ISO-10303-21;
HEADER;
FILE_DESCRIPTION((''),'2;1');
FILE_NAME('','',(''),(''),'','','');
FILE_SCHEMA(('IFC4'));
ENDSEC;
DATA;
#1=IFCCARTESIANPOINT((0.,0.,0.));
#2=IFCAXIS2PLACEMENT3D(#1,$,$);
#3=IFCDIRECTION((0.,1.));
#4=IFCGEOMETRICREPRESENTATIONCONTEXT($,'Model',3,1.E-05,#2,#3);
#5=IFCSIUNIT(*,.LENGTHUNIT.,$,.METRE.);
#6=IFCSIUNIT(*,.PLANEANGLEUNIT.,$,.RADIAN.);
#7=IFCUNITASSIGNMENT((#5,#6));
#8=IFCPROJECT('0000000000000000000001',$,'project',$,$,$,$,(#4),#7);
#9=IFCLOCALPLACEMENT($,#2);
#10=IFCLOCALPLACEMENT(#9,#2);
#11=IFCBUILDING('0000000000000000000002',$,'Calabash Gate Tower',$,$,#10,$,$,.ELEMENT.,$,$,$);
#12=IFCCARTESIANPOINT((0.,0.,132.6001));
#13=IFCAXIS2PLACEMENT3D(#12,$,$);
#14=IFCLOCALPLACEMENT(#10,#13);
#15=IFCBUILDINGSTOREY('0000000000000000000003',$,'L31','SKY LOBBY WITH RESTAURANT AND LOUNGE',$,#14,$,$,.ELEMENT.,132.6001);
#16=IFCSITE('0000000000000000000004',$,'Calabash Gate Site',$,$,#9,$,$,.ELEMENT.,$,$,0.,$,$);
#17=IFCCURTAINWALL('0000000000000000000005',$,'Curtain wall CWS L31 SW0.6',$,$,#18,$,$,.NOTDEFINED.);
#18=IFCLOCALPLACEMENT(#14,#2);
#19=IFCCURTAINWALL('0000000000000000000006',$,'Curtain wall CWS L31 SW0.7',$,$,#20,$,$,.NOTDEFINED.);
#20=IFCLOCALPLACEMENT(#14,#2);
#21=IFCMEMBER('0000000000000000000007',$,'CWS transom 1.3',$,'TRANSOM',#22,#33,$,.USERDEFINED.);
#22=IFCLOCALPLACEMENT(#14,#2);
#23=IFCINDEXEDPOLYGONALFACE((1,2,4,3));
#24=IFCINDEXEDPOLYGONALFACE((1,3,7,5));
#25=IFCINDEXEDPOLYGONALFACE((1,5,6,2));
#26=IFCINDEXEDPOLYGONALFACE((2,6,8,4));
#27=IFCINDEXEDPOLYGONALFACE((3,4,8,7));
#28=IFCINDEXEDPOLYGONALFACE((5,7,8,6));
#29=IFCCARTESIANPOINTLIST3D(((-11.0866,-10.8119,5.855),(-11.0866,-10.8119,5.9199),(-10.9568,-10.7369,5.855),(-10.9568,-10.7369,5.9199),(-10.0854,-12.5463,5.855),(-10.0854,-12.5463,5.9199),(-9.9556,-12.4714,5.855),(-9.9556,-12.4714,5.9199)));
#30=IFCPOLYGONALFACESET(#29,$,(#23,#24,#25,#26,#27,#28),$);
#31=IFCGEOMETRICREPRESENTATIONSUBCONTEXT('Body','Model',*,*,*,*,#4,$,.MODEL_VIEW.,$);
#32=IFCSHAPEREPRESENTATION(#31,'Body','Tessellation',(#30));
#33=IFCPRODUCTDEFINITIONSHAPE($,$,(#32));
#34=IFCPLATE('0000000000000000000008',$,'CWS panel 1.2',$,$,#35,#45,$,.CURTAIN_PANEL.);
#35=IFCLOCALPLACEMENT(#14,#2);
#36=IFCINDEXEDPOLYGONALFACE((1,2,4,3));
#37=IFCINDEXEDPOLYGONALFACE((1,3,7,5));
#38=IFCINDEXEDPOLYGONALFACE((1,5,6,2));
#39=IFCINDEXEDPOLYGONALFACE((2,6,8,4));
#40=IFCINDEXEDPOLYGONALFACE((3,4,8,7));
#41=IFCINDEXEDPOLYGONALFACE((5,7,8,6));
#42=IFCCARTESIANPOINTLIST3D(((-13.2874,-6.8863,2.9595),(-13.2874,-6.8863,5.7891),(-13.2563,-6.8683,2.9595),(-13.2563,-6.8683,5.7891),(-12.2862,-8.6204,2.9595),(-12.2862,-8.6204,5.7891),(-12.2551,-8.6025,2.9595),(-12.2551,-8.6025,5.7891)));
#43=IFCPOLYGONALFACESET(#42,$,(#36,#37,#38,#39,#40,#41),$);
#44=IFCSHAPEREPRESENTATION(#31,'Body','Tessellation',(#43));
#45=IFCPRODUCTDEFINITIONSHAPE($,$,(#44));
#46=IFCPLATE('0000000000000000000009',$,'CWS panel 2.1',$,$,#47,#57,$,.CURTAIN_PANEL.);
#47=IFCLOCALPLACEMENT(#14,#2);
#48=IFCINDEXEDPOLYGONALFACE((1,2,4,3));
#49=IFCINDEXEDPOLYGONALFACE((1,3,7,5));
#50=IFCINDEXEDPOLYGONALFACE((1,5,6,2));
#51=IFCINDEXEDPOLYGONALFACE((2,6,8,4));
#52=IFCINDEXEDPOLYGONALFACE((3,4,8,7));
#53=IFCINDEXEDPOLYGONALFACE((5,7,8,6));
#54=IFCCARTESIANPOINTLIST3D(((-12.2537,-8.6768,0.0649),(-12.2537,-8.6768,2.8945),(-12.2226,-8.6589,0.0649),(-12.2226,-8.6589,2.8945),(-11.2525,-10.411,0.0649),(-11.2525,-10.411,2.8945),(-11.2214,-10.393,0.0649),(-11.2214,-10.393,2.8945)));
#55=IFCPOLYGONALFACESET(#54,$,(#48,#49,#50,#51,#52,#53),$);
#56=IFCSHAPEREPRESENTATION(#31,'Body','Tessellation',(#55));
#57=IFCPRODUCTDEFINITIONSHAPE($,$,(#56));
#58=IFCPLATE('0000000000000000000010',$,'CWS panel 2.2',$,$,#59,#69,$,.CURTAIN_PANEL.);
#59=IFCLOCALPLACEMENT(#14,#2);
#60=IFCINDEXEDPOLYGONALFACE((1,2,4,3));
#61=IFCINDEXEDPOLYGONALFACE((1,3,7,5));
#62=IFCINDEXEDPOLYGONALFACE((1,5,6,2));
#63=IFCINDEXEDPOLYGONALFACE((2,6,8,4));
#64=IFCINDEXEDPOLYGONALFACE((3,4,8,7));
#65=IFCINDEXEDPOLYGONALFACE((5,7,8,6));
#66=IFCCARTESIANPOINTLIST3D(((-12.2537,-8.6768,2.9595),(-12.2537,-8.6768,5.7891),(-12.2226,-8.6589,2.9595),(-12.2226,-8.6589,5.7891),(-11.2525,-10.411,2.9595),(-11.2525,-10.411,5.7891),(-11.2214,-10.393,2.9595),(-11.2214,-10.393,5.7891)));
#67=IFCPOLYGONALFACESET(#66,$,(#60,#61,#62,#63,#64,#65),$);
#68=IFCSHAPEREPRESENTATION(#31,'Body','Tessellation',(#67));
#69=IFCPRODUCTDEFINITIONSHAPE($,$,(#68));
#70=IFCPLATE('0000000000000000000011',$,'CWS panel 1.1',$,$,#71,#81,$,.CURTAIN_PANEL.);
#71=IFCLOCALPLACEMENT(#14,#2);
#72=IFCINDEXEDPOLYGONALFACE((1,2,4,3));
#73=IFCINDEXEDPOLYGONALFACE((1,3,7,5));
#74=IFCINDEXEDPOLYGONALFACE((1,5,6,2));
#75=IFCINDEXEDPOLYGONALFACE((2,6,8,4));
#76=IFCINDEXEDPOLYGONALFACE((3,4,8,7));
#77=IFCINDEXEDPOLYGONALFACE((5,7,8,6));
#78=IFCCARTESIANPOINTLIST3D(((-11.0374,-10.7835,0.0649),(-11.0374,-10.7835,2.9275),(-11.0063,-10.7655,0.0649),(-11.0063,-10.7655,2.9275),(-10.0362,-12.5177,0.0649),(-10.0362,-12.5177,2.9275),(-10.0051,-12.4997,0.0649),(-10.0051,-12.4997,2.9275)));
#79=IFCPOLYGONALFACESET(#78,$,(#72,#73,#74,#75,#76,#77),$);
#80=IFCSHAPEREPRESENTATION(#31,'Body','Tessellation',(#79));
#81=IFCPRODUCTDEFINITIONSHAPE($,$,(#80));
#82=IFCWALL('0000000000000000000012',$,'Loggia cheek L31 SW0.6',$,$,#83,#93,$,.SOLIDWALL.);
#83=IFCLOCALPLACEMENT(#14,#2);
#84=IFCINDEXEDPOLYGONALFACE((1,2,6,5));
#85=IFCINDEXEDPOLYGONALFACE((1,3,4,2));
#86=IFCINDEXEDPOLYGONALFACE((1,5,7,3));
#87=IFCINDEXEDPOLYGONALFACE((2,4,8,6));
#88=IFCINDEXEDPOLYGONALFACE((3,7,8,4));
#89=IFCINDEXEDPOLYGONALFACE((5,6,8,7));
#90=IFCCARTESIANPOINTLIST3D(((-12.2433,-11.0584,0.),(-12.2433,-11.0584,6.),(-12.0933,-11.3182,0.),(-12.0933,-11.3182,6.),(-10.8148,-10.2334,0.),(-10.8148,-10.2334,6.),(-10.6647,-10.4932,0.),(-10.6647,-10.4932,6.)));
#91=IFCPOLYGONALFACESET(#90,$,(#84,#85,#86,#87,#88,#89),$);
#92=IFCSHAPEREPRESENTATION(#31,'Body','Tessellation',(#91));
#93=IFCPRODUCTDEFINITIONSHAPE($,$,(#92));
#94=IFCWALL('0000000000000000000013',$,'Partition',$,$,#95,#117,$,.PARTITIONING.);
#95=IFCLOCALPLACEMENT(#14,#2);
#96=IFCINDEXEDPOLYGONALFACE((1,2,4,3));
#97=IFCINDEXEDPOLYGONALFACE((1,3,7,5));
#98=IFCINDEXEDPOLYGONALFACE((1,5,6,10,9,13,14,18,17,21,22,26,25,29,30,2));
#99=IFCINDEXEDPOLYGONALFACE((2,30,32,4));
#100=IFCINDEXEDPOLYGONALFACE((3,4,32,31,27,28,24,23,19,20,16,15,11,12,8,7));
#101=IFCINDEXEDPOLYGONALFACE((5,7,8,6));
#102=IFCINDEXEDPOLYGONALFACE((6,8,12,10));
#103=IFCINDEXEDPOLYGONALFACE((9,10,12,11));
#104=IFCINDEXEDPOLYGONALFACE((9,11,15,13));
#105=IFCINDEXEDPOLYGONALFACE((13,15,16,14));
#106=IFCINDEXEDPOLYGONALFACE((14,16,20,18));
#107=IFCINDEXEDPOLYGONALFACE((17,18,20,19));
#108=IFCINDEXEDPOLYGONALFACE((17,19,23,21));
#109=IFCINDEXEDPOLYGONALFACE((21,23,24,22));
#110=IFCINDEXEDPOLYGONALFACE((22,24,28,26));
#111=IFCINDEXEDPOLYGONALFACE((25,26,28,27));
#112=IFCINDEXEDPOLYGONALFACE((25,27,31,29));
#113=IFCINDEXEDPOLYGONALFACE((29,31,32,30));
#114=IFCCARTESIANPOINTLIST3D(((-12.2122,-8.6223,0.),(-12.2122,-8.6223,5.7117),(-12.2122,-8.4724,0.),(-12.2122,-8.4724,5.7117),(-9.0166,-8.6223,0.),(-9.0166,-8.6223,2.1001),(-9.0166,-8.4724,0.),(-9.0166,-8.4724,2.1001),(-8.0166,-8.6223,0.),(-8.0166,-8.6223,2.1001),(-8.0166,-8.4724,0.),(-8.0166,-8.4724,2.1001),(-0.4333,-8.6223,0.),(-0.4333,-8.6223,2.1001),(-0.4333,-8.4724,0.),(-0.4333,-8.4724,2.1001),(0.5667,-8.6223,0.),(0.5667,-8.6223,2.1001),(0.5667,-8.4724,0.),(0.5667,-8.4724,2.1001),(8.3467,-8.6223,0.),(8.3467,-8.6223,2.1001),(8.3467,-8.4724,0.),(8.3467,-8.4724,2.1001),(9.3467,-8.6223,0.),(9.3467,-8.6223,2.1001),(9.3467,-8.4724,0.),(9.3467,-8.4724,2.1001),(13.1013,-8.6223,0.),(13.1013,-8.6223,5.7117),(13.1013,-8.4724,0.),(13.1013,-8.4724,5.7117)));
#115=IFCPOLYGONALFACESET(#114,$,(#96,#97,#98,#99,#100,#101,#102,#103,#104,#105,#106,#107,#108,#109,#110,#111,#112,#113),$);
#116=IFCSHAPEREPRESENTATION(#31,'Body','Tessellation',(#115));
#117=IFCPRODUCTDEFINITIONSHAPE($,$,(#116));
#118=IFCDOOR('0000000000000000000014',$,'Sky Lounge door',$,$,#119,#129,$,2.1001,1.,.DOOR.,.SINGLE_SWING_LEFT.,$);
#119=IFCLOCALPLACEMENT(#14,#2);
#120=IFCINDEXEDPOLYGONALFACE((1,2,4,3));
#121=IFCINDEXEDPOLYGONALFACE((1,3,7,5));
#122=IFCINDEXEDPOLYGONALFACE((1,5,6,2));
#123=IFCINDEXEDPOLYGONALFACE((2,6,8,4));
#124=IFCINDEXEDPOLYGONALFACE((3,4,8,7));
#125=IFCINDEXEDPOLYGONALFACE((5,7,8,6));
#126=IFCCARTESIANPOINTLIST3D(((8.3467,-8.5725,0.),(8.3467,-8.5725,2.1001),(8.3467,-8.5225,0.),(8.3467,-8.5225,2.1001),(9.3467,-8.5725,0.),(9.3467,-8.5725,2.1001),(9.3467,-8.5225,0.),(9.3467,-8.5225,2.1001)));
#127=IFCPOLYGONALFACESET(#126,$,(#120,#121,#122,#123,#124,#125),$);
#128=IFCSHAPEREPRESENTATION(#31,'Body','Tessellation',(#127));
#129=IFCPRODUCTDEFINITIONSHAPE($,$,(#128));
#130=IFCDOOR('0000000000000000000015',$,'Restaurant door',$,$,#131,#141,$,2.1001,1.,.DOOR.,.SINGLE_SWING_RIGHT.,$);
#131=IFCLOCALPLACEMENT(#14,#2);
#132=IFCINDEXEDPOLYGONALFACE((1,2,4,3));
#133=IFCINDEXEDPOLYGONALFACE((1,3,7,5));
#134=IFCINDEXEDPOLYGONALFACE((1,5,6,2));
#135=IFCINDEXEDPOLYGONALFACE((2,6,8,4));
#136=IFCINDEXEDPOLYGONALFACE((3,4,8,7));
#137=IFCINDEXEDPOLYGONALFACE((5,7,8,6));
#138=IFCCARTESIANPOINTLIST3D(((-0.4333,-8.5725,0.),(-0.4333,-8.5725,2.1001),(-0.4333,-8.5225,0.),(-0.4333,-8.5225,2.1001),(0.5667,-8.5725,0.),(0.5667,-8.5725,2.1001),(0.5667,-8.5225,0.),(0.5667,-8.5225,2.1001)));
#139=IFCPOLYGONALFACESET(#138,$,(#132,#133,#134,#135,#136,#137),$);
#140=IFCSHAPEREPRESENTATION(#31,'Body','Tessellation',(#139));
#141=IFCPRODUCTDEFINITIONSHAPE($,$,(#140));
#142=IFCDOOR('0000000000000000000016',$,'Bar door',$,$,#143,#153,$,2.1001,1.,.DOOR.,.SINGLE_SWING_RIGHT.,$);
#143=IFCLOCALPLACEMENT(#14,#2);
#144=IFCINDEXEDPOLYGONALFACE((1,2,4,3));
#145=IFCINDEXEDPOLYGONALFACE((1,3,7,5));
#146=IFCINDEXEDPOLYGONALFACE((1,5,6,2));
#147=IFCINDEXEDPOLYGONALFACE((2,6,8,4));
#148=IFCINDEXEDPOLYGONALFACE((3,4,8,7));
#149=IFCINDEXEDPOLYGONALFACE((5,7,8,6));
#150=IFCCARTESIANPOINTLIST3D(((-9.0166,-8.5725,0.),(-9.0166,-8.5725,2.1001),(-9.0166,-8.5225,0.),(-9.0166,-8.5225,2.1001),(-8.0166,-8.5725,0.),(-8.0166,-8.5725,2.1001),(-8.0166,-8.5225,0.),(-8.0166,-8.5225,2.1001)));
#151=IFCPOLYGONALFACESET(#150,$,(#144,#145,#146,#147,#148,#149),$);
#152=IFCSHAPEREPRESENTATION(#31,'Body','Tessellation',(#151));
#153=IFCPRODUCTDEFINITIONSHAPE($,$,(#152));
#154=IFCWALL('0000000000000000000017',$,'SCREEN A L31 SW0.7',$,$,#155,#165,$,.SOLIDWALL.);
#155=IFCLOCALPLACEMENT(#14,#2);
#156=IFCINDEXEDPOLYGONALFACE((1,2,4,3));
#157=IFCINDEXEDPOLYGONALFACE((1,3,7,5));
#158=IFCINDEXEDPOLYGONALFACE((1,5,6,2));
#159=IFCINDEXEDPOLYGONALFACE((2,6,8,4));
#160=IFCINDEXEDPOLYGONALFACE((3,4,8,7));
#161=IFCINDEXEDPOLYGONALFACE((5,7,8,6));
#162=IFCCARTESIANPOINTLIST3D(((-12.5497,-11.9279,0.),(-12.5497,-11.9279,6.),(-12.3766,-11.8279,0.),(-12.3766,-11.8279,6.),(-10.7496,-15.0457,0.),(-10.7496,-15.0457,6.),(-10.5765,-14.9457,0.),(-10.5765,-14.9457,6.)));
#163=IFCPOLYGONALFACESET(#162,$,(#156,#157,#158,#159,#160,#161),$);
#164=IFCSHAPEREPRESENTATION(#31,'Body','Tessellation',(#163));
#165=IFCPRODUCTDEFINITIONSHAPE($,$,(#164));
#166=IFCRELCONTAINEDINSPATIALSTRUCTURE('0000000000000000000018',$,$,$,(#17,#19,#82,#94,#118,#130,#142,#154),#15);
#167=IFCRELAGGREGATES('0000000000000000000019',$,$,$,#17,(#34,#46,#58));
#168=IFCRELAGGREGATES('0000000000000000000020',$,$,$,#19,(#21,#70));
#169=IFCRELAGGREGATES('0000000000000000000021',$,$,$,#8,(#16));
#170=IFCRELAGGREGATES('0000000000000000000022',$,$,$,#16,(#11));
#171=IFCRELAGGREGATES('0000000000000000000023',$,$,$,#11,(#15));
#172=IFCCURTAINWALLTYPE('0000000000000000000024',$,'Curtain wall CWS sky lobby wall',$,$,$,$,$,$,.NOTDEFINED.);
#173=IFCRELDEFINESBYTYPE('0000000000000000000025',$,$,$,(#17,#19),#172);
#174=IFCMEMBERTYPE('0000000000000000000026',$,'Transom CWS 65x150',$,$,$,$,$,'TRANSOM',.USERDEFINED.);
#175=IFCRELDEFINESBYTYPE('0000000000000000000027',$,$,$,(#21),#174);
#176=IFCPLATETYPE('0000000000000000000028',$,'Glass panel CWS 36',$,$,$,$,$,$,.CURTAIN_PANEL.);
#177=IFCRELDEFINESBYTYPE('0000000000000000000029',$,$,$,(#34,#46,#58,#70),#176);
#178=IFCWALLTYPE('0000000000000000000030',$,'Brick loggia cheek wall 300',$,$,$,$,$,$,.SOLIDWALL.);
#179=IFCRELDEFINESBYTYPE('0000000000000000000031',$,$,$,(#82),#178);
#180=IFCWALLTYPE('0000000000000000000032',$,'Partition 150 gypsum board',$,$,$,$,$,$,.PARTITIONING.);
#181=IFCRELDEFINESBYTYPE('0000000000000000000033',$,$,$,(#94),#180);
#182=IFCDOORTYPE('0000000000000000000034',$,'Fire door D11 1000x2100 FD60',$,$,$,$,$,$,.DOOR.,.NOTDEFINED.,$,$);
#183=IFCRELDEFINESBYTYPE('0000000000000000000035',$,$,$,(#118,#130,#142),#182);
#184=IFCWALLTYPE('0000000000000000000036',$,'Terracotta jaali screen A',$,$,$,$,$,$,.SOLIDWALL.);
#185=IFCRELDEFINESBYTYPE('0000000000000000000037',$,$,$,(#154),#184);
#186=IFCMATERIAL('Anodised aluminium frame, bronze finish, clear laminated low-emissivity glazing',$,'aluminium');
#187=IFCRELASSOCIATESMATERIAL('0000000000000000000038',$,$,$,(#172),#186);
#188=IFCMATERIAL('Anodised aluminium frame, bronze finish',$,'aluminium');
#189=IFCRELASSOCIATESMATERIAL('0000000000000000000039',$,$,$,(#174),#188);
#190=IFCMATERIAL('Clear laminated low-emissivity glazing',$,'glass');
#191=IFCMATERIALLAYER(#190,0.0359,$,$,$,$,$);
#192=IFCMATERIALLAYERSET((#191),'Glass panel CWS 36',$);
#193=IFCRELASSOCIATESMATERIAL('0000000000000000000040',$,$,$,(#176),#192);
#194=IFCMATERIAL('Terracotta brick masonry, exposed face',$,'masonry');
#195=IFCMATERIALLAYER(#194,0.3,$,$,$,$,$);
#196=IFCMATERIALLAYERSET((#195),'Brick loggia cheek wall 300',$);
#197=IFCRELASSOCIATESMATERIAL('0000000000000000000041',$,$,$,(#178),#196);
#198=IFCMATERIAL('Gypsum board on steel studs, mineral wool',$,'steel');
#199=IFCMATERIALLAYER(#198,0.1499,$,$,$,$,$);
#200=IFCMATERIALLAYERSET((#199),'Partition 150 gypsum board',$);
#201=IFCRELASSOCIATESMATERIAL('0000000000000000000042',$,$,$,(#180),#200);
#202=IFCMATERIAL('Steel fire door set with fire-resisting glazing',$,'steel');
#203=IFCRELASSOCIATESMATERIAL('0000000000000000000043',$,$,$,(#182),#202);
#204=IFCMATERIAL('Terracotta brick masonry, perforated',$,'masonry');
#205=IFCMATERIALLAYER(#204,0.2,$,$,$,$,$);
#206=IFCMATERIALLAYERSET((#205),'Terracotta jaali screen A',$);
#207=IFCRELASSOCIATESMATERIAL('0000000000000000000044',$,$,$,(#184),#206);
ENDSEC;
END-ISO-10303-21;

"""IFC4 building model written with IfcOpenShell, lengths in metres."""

from ifc_helpers import new_model, si_unit, direction, frame, frame_2d, origin, origin_2d, place, context, subcontext, project, spatial, rectangle, extrude, material, layer, layer_set, material_profile, profile_set, type_object, element, fill, aggregate, save


model = new_model("IFC4")

# Units and contexts
model_context = context("Model", 3, precision=1e-05, world=origin(), true_north=direction((0.0, 1.0)))
body_context = subcontext(model_context, "Body", "Model", "MODEL_VIEW")
ifc_project = project(units=[si_unit("LENGTHUNIT", "METRE"), si_unit("PLANEANGLEUNIT", "RADIAN")], contexts=[model_context])

# Site, building, storey
site_placement = place(None, origin())
site = spatial("IfcSite", under=ifc_project, at=site_placement, Name="Calabash Gate Site", CompositionType="ELEMENT", RefElevation=0.0)
building_placement = place(site_placement, origin())
building = spatial("IfcBuilding", under=site, at=building_placement, Name="Calabash Gate Tower", CompositionType="ELEMENT")
storey_placement = place(building_placement, frame((0.0, 0.0, 132.6001)))
storey = spatial("IfcBuildingStorey", under=building, at=storey_placement, Name="L31", Description="SKY LOBBY WITH RESTAURANT AND LOUNGE", CompositionType="ELEMENT", Elevation=132.6001)

# Curtain wall
ifc_material_1 = material(Name="Anodised aluminium frame, bronze finish, clear laminated low-emissivity glazing", Category="aluminium")
curtain_wall_type = type_object("IfcCurtainWallType", Name="Curtain wall CWS sky lobby wall", PredefinedType="NOTDEFINED", material=ifc_material_1)
curtain_wall_1_placement = place(storey_placement, origin())
curtain_wall_1 = element("IfcCurtainWall", 1, at=curtain_wall_1_placement, inside=storey, type_object=curtain_wall_type, Name="Curtain wall CWS L31 SW0.6", PredefinedType="NOTDEFINED")

# Curtain wall
curtain_wall_2_placement = place(storey_placement, origin())
curtain_wall_2 = element("IfcCurtainWall", 2, at=curtain_wall_2_placement, inside=storey, type_object=curtain_wall_type, Name="Curtain wall CWS L31 SW0.7", PredefinedType="NOTDEFINED")

# Member
ifc_material_2 = material(Name="Anodised aluminium frame, bronze finish", Category="aluminium")
ifc_material_profile_1 = material_profile(ifc_material_2, rectangle(XDim=0.1499, YDim=0.0649, at=origin_2d()))
ifc_profile_set_1 = profile_set([ifc_material_profile_1], Name="Anodised aluminium frame, bronze finish")
member_type_1 = type_object("IfcMemberType", Name="Transom CWS 65x150", ElementType="TRANSOM", PredefinedType="USERDEFINED", material=ifc_profile_set_1)
member_1_placement = place(storey_placement, frame((-11.0217, -10.7744, 5.8875), z_axis=(0.499955, -0.866052, 0.0), x_axis=(0.866052, 0.499955, 0.0)))
member_1 = element("IfcMember", 3, at=member_1_placement, type_object=member_type_1, Name="CWS transom 1.3", ObjectType="TRANSOM", PredefinedType="USERDEFINED", context=body_context, shape_type="SweptSolid", body=[
    extrude(rectangle(XDim=0.1499, YDim=0.0649, at=origin_2d()), origin(), (0.0, 0.0, 1.0), 2.0027),
])

# Plates
ifc_material_3 = material(Name="Clear laminated low-emissivity glazing", Category="glass")
ifc_layer_1 = layer(ifc_material_3, 0.0359)
ifc_layer_set_1 = layer_set([ifc_layer_1], Name="Glass panel CWS 36")
plate_type = type_object("IfcPlateType", Name="Glass panel CWS 36", PredefinedType="CURTAIN_PANEL", material=ifc_layer_set_1)
plate_1_placement = place(storey_placement, frame((-12.7712, -7.7444, 2.9595), z_axis=(0.0, 0.0, 1.0), x_axis=(0.5, -0.866025, 0.0)))
plate_1 = element("IfcPlate", 4, at=plate_1_placement, type_object=plate_type, Name="CWS panel 1.2", PredefinedType="CURTAIN_PANEL", context=body_context, shape_type="SweptSolid", body=[
    extrude(rectangle(XDim=2.0024, YDim=0.0359, at=origin_2d()), origin(), (0.0, 0.0, 1.0), 2.8296),
])
plate_2_placement = place(storey_placement, frame((-11.7375, -9.5349, 0.0649), z_axis=(0.0, 0.0, 1.0), x_axis=(0.5, -0.866025, 0.0)))
plate_2 = element("IfcPlate", 5, at=plate_2_placement, type_object=plate_type, Name="CWS panel 2.1", PredefinedType="CURTAIN_PANEL", context=body_context, shape_type="SweptSolid", body=[
    extrude(rectangle(XDim=2.0024, YDim=0.0359, at=origin_2d()), origin(), (0.0, 0.0, 1.0), 2.8296),
])
plate_3_placement = place(storey_placement, frame((-11.7375, -9.5349, 2.9595), z_axis=(0.0, 0.0, 1.0), x_axis=(0.5, -0.866025, 0.0)))
plate_3 = element("IfcPlate", 6, at=plate_3_placement, type_object=plate_type, Name="CWS panel 2.2", PredefinedType="CURTAIN_PANEL", context=body_context, shape_type="SweptSolid", body=[
    extrude(rectangle(XDim=2.0024, YDim=0.0359, at=origin_2d()), origin(), (0.0, 0.0, 1.0), 2.8296),
])
aggregate(curtain_wall_1, [plate_1, plate_2, plate_3])
plate_4_placement = place(storey_placement, frame((-10.5212, -11.6416, 0.0649), z_axis=(0.0, 0.0, 1.0), x_axis=(0.5, -0.866025, 0.0)))
plate_4 = element("IfcPlate", 7, at=plate_4_placement, type_object=plate_type, Name="CWS panel 1.1", PredefinedType="CURTAIN_PANEL", context=body_context, shape_type="SweptSolid", body=[
    extrude(rectangle(XDim=2.0024, YDim=0.0359, at=origin_2d()), origin(), (0.0, 0.0, 1.0), 2.8625),
])
aggregate(curtain_wall_2, [member_1, plate_4])

# Wall
ifc_material_4 = material(Name="Terracotta brick masonry, exposed face", Category="masonry")
ifc_layer_2 = layer(ifc_material_4, 0.3)
ifc_layer_set_2 = layer_set([ifc_layer_2], Name="Brick loggia cheek wall 300")
wall_type_1 = type_object("IfcWallType", Name="Brick loggia cheek wall 300", PredefinedType="SOLIDWALL", material=ifc_layer_set_2)
wall_1_placement = place(storey_placement, frame((-12.1682, -11.1882, 0.0), z_axis=(0.0, 0.0, 1.0), x_axis=(0.865966, 0.500103, 0.0)))
element("IfcWall", 8, at=wall_1_placement, inside=storey, type_object=wall_type_1, Name="Loggia cheek L31 SW0.6", PredefinedType="SOLIDWALL", context=body_context, shape_type="SweptSolid", body=[
    extrude(rectangle(XDim=1.6497, YDim=0.3, at=frame_2d((0.8247, 0.0))), origin(), (0.0, 0.0, 1.0), 6.0),
])

# Wall, openings, doors
ifc_material_5 = material(Name="Gypsum board on steel studs, mineral wool", Category="steel")
ifc_layer_3 = layer(ifc_material_5, 0.1499)
ifc_layer_set_3 = layer_set([ifc_layer_3], Name="Partition 150 gypsum board")
wall_type_2 = type_object("IfcWallType", Name="Partition 150 gypsum board", PredefinedType="PARTITIONING", material=ifc_layer_set_3)
wall_2_placement = place(storey_placement, frame((-12.2122, -8.5474, 0.0), z_axis=(0.0, 0.0, 1.0), x_axis=(1.0, 0.0, 0.0)))
wall_2 = element("IfcWall", 9, at=wall_2_placement, inside=storey, type_object=wall_type_2, Name="Partition", PredefinedType="PARTITIONING", context=body_context, shape_type="SweptSolid", body=[
    extrude(rectangle(XDim=25.3135, YDim=0.1499, at=frame_2d((12.6567, 0.0))), origin(), (0.0, 0.0, 1.0), 5.7117),
])
opening_1_placement = place(wall_2_placement, frame((20.5588, 0.0, 0.0)))
opening_1 = element("IfcOpeningElement", 10, at=opening_1_placement, cuts=wall_2, PredefinedType="OPENING", context=body_context, shape_type="SweptSolid", body=[
    extrude(rectangle(XDim=1.0, YDim=2.1001, at=frame_2d((0.5, 1.05))), frame((0.0, 0.085, 0.0), z_axis=(0.0, -1.0, 0.0), x_axis=(1.0, 0.0, 0.0)), (0.0, 0.0, 1.0), 0.1699),
])
opening_2_placement = place(wall_2_placement, frame((11.7788, 0.0, 0.0)))
opening_2 = element("IfcOpeningElement", 11, at=opening_2_placement, cuts=wall_2, PredefinedType="OPENING", context=body_context, shape_type="SweptSolid", body=[
    extrude(rectangle(XDim=1.0, YDim=2.1001, at=frame_2d((0.5, 1.05))), frame((0.0, 0.085, 0.0), z_axis=(0.0, -1.0, 0.0), x_axis=(1.0, 0.0, 0.0)), (0.0, 0.0, 1.0), 0.1699),
])
opening_3_placement = place(wall_2_placement, frame((3.1956, 0.0, 0.0)))
opening_3 = element("IfcOpeningElement", 12, at=opening_3_placement, cuts=wall_2, PredefinedType="OPENING", context=body_context, shape_type="SweptSolid", body=[
    extrude(rectangle(XDim=1.0, YDim=2.1001, at=frame_2d((0.5, 1.05))), frame((0.0, 0.085, 0.0), z_axis=(0.0, -1.0, 0.0), x_axis=(1.0, 0.0, 0.0)), (0.0, 0.0, 1.0), 0.1699),
])
ifc_material_6 = material(Name="Steel fire door set with fire-resisting glazing", Category="steel")
door_type = type_object("IfcDoorType", Name="Fire door D11 1000x2100 FD60", OperationType="NOTDEFINED", PredefinedType="DOOR", material=ifc_material_6)
door_1_placement = place(opening_1_placement, origin())
door_1 = element("IfcDoor", 13, at=door_1_placement, inside=storey, type_object=door_type, Name="Sky Lounge door", OperationType="SINGLE_SWING_LEFT", OverallHeight=2.1001, OverallWidth=1.0, PredefinedType="DOOR", context=body_context, shape_type="SweptSolid", body=[
    extrude(rectangle(XDim=1.0, YDim=2.1001, at=frame_2d((0.5, 1.05))), frame((0.0, 0.0249, 0.0), z_axis=(0.0, -1.0, 0.0), x_axis=(1.0, 0.0, 0.0)), (0.0, 0.0, 1.0), 0.05),
])
fill(opening_1, door_1)
door_2_placement = place(opening_2_placement, origin())
door_2 = element("IfcDoor", 14, at=door_2_placement, inside=storey, type_object=door_type, Name="Restaurant door", OperationType="SINGLE_SWING_RIGHT", OverallHeight=2.1001, OverallWidth=1.0, PredefinedType="DOOR", context=body_context, shape_type="SweptSolid", body=[
    extrude(rectangle(XDim=1.0, YDim=2.1001, at=frame_2d((0.5, 1.05))), frame((0.0, 0.0249, 0.0), z_axis=(0.0, -1.0, 0.0), x_axis=(1.0, 0.0, 0.0)), (0.0, 0.0, 1.0), 0.05),
])
fill(opening_2, door_2)
door_3_placement = place(opening_3_placement, origin())
door_3 = element("IfcDoor", 15, at=door_3_placement, inside=storey, type_object=door_type, Name="Bar door", OperationType="SINGLE_SWING_RIGHT", OverallHeight=2.1001, OverallWidth=1.0, PredefinedType="DOOR", context=body_context, shape_type="SweptSolid", body=[
    extrude(rectangle(XDim=1.0, YDim=2.1001, at=frame_2d((0.5, 1.05))), frame((0.0, 0.0249, 0.0), z_axis=(0.0, -1.0, 0.0), x_axis=(1.0, 0.0, 0.0)), (0.0, 0.0, 1.0), 0.05),
])
fill(opening_3, door_3)

# Wall
ifc_material_7 = material(Name="Terracotta brick masonry, perforated", Category="masonry")
ifc_layer_4 = layer(ifc_material_7, 0.2)
ifc_layer_set_4 = layer_set([ifc_layer_4], Name="Terracotta jaali screen A")
wall_type_3 = type_object("IfcWallType", Name="Terracotta jaali screen A", PredefinedType="SOLIDWALL", material=ifc_layer_set_4)
wall_3_placement = place(storey_placement, frame((-12.4631, -11.8779, 0.0), z_axis=(0.0, 0.0, 1.0), x_axis=(0.500012, -0.866018, 0.0)))
element("IfcWall", 16, at=wall_3_placement, inside=storey, type_object=wall_type_3, Name="SCREEN A L31 SW0.7", PredefinedType="SOLIDWALL", context=body_context, shape_type="SweptSolid", body=[
    extrude(rectangle(XDim=3.6001, YDim=0.2, at=frame_2d((1.8, 0.0))), origin(), (0.0, 0.0, 1.0), 6.0),
])

save(model, "model.ifc")
